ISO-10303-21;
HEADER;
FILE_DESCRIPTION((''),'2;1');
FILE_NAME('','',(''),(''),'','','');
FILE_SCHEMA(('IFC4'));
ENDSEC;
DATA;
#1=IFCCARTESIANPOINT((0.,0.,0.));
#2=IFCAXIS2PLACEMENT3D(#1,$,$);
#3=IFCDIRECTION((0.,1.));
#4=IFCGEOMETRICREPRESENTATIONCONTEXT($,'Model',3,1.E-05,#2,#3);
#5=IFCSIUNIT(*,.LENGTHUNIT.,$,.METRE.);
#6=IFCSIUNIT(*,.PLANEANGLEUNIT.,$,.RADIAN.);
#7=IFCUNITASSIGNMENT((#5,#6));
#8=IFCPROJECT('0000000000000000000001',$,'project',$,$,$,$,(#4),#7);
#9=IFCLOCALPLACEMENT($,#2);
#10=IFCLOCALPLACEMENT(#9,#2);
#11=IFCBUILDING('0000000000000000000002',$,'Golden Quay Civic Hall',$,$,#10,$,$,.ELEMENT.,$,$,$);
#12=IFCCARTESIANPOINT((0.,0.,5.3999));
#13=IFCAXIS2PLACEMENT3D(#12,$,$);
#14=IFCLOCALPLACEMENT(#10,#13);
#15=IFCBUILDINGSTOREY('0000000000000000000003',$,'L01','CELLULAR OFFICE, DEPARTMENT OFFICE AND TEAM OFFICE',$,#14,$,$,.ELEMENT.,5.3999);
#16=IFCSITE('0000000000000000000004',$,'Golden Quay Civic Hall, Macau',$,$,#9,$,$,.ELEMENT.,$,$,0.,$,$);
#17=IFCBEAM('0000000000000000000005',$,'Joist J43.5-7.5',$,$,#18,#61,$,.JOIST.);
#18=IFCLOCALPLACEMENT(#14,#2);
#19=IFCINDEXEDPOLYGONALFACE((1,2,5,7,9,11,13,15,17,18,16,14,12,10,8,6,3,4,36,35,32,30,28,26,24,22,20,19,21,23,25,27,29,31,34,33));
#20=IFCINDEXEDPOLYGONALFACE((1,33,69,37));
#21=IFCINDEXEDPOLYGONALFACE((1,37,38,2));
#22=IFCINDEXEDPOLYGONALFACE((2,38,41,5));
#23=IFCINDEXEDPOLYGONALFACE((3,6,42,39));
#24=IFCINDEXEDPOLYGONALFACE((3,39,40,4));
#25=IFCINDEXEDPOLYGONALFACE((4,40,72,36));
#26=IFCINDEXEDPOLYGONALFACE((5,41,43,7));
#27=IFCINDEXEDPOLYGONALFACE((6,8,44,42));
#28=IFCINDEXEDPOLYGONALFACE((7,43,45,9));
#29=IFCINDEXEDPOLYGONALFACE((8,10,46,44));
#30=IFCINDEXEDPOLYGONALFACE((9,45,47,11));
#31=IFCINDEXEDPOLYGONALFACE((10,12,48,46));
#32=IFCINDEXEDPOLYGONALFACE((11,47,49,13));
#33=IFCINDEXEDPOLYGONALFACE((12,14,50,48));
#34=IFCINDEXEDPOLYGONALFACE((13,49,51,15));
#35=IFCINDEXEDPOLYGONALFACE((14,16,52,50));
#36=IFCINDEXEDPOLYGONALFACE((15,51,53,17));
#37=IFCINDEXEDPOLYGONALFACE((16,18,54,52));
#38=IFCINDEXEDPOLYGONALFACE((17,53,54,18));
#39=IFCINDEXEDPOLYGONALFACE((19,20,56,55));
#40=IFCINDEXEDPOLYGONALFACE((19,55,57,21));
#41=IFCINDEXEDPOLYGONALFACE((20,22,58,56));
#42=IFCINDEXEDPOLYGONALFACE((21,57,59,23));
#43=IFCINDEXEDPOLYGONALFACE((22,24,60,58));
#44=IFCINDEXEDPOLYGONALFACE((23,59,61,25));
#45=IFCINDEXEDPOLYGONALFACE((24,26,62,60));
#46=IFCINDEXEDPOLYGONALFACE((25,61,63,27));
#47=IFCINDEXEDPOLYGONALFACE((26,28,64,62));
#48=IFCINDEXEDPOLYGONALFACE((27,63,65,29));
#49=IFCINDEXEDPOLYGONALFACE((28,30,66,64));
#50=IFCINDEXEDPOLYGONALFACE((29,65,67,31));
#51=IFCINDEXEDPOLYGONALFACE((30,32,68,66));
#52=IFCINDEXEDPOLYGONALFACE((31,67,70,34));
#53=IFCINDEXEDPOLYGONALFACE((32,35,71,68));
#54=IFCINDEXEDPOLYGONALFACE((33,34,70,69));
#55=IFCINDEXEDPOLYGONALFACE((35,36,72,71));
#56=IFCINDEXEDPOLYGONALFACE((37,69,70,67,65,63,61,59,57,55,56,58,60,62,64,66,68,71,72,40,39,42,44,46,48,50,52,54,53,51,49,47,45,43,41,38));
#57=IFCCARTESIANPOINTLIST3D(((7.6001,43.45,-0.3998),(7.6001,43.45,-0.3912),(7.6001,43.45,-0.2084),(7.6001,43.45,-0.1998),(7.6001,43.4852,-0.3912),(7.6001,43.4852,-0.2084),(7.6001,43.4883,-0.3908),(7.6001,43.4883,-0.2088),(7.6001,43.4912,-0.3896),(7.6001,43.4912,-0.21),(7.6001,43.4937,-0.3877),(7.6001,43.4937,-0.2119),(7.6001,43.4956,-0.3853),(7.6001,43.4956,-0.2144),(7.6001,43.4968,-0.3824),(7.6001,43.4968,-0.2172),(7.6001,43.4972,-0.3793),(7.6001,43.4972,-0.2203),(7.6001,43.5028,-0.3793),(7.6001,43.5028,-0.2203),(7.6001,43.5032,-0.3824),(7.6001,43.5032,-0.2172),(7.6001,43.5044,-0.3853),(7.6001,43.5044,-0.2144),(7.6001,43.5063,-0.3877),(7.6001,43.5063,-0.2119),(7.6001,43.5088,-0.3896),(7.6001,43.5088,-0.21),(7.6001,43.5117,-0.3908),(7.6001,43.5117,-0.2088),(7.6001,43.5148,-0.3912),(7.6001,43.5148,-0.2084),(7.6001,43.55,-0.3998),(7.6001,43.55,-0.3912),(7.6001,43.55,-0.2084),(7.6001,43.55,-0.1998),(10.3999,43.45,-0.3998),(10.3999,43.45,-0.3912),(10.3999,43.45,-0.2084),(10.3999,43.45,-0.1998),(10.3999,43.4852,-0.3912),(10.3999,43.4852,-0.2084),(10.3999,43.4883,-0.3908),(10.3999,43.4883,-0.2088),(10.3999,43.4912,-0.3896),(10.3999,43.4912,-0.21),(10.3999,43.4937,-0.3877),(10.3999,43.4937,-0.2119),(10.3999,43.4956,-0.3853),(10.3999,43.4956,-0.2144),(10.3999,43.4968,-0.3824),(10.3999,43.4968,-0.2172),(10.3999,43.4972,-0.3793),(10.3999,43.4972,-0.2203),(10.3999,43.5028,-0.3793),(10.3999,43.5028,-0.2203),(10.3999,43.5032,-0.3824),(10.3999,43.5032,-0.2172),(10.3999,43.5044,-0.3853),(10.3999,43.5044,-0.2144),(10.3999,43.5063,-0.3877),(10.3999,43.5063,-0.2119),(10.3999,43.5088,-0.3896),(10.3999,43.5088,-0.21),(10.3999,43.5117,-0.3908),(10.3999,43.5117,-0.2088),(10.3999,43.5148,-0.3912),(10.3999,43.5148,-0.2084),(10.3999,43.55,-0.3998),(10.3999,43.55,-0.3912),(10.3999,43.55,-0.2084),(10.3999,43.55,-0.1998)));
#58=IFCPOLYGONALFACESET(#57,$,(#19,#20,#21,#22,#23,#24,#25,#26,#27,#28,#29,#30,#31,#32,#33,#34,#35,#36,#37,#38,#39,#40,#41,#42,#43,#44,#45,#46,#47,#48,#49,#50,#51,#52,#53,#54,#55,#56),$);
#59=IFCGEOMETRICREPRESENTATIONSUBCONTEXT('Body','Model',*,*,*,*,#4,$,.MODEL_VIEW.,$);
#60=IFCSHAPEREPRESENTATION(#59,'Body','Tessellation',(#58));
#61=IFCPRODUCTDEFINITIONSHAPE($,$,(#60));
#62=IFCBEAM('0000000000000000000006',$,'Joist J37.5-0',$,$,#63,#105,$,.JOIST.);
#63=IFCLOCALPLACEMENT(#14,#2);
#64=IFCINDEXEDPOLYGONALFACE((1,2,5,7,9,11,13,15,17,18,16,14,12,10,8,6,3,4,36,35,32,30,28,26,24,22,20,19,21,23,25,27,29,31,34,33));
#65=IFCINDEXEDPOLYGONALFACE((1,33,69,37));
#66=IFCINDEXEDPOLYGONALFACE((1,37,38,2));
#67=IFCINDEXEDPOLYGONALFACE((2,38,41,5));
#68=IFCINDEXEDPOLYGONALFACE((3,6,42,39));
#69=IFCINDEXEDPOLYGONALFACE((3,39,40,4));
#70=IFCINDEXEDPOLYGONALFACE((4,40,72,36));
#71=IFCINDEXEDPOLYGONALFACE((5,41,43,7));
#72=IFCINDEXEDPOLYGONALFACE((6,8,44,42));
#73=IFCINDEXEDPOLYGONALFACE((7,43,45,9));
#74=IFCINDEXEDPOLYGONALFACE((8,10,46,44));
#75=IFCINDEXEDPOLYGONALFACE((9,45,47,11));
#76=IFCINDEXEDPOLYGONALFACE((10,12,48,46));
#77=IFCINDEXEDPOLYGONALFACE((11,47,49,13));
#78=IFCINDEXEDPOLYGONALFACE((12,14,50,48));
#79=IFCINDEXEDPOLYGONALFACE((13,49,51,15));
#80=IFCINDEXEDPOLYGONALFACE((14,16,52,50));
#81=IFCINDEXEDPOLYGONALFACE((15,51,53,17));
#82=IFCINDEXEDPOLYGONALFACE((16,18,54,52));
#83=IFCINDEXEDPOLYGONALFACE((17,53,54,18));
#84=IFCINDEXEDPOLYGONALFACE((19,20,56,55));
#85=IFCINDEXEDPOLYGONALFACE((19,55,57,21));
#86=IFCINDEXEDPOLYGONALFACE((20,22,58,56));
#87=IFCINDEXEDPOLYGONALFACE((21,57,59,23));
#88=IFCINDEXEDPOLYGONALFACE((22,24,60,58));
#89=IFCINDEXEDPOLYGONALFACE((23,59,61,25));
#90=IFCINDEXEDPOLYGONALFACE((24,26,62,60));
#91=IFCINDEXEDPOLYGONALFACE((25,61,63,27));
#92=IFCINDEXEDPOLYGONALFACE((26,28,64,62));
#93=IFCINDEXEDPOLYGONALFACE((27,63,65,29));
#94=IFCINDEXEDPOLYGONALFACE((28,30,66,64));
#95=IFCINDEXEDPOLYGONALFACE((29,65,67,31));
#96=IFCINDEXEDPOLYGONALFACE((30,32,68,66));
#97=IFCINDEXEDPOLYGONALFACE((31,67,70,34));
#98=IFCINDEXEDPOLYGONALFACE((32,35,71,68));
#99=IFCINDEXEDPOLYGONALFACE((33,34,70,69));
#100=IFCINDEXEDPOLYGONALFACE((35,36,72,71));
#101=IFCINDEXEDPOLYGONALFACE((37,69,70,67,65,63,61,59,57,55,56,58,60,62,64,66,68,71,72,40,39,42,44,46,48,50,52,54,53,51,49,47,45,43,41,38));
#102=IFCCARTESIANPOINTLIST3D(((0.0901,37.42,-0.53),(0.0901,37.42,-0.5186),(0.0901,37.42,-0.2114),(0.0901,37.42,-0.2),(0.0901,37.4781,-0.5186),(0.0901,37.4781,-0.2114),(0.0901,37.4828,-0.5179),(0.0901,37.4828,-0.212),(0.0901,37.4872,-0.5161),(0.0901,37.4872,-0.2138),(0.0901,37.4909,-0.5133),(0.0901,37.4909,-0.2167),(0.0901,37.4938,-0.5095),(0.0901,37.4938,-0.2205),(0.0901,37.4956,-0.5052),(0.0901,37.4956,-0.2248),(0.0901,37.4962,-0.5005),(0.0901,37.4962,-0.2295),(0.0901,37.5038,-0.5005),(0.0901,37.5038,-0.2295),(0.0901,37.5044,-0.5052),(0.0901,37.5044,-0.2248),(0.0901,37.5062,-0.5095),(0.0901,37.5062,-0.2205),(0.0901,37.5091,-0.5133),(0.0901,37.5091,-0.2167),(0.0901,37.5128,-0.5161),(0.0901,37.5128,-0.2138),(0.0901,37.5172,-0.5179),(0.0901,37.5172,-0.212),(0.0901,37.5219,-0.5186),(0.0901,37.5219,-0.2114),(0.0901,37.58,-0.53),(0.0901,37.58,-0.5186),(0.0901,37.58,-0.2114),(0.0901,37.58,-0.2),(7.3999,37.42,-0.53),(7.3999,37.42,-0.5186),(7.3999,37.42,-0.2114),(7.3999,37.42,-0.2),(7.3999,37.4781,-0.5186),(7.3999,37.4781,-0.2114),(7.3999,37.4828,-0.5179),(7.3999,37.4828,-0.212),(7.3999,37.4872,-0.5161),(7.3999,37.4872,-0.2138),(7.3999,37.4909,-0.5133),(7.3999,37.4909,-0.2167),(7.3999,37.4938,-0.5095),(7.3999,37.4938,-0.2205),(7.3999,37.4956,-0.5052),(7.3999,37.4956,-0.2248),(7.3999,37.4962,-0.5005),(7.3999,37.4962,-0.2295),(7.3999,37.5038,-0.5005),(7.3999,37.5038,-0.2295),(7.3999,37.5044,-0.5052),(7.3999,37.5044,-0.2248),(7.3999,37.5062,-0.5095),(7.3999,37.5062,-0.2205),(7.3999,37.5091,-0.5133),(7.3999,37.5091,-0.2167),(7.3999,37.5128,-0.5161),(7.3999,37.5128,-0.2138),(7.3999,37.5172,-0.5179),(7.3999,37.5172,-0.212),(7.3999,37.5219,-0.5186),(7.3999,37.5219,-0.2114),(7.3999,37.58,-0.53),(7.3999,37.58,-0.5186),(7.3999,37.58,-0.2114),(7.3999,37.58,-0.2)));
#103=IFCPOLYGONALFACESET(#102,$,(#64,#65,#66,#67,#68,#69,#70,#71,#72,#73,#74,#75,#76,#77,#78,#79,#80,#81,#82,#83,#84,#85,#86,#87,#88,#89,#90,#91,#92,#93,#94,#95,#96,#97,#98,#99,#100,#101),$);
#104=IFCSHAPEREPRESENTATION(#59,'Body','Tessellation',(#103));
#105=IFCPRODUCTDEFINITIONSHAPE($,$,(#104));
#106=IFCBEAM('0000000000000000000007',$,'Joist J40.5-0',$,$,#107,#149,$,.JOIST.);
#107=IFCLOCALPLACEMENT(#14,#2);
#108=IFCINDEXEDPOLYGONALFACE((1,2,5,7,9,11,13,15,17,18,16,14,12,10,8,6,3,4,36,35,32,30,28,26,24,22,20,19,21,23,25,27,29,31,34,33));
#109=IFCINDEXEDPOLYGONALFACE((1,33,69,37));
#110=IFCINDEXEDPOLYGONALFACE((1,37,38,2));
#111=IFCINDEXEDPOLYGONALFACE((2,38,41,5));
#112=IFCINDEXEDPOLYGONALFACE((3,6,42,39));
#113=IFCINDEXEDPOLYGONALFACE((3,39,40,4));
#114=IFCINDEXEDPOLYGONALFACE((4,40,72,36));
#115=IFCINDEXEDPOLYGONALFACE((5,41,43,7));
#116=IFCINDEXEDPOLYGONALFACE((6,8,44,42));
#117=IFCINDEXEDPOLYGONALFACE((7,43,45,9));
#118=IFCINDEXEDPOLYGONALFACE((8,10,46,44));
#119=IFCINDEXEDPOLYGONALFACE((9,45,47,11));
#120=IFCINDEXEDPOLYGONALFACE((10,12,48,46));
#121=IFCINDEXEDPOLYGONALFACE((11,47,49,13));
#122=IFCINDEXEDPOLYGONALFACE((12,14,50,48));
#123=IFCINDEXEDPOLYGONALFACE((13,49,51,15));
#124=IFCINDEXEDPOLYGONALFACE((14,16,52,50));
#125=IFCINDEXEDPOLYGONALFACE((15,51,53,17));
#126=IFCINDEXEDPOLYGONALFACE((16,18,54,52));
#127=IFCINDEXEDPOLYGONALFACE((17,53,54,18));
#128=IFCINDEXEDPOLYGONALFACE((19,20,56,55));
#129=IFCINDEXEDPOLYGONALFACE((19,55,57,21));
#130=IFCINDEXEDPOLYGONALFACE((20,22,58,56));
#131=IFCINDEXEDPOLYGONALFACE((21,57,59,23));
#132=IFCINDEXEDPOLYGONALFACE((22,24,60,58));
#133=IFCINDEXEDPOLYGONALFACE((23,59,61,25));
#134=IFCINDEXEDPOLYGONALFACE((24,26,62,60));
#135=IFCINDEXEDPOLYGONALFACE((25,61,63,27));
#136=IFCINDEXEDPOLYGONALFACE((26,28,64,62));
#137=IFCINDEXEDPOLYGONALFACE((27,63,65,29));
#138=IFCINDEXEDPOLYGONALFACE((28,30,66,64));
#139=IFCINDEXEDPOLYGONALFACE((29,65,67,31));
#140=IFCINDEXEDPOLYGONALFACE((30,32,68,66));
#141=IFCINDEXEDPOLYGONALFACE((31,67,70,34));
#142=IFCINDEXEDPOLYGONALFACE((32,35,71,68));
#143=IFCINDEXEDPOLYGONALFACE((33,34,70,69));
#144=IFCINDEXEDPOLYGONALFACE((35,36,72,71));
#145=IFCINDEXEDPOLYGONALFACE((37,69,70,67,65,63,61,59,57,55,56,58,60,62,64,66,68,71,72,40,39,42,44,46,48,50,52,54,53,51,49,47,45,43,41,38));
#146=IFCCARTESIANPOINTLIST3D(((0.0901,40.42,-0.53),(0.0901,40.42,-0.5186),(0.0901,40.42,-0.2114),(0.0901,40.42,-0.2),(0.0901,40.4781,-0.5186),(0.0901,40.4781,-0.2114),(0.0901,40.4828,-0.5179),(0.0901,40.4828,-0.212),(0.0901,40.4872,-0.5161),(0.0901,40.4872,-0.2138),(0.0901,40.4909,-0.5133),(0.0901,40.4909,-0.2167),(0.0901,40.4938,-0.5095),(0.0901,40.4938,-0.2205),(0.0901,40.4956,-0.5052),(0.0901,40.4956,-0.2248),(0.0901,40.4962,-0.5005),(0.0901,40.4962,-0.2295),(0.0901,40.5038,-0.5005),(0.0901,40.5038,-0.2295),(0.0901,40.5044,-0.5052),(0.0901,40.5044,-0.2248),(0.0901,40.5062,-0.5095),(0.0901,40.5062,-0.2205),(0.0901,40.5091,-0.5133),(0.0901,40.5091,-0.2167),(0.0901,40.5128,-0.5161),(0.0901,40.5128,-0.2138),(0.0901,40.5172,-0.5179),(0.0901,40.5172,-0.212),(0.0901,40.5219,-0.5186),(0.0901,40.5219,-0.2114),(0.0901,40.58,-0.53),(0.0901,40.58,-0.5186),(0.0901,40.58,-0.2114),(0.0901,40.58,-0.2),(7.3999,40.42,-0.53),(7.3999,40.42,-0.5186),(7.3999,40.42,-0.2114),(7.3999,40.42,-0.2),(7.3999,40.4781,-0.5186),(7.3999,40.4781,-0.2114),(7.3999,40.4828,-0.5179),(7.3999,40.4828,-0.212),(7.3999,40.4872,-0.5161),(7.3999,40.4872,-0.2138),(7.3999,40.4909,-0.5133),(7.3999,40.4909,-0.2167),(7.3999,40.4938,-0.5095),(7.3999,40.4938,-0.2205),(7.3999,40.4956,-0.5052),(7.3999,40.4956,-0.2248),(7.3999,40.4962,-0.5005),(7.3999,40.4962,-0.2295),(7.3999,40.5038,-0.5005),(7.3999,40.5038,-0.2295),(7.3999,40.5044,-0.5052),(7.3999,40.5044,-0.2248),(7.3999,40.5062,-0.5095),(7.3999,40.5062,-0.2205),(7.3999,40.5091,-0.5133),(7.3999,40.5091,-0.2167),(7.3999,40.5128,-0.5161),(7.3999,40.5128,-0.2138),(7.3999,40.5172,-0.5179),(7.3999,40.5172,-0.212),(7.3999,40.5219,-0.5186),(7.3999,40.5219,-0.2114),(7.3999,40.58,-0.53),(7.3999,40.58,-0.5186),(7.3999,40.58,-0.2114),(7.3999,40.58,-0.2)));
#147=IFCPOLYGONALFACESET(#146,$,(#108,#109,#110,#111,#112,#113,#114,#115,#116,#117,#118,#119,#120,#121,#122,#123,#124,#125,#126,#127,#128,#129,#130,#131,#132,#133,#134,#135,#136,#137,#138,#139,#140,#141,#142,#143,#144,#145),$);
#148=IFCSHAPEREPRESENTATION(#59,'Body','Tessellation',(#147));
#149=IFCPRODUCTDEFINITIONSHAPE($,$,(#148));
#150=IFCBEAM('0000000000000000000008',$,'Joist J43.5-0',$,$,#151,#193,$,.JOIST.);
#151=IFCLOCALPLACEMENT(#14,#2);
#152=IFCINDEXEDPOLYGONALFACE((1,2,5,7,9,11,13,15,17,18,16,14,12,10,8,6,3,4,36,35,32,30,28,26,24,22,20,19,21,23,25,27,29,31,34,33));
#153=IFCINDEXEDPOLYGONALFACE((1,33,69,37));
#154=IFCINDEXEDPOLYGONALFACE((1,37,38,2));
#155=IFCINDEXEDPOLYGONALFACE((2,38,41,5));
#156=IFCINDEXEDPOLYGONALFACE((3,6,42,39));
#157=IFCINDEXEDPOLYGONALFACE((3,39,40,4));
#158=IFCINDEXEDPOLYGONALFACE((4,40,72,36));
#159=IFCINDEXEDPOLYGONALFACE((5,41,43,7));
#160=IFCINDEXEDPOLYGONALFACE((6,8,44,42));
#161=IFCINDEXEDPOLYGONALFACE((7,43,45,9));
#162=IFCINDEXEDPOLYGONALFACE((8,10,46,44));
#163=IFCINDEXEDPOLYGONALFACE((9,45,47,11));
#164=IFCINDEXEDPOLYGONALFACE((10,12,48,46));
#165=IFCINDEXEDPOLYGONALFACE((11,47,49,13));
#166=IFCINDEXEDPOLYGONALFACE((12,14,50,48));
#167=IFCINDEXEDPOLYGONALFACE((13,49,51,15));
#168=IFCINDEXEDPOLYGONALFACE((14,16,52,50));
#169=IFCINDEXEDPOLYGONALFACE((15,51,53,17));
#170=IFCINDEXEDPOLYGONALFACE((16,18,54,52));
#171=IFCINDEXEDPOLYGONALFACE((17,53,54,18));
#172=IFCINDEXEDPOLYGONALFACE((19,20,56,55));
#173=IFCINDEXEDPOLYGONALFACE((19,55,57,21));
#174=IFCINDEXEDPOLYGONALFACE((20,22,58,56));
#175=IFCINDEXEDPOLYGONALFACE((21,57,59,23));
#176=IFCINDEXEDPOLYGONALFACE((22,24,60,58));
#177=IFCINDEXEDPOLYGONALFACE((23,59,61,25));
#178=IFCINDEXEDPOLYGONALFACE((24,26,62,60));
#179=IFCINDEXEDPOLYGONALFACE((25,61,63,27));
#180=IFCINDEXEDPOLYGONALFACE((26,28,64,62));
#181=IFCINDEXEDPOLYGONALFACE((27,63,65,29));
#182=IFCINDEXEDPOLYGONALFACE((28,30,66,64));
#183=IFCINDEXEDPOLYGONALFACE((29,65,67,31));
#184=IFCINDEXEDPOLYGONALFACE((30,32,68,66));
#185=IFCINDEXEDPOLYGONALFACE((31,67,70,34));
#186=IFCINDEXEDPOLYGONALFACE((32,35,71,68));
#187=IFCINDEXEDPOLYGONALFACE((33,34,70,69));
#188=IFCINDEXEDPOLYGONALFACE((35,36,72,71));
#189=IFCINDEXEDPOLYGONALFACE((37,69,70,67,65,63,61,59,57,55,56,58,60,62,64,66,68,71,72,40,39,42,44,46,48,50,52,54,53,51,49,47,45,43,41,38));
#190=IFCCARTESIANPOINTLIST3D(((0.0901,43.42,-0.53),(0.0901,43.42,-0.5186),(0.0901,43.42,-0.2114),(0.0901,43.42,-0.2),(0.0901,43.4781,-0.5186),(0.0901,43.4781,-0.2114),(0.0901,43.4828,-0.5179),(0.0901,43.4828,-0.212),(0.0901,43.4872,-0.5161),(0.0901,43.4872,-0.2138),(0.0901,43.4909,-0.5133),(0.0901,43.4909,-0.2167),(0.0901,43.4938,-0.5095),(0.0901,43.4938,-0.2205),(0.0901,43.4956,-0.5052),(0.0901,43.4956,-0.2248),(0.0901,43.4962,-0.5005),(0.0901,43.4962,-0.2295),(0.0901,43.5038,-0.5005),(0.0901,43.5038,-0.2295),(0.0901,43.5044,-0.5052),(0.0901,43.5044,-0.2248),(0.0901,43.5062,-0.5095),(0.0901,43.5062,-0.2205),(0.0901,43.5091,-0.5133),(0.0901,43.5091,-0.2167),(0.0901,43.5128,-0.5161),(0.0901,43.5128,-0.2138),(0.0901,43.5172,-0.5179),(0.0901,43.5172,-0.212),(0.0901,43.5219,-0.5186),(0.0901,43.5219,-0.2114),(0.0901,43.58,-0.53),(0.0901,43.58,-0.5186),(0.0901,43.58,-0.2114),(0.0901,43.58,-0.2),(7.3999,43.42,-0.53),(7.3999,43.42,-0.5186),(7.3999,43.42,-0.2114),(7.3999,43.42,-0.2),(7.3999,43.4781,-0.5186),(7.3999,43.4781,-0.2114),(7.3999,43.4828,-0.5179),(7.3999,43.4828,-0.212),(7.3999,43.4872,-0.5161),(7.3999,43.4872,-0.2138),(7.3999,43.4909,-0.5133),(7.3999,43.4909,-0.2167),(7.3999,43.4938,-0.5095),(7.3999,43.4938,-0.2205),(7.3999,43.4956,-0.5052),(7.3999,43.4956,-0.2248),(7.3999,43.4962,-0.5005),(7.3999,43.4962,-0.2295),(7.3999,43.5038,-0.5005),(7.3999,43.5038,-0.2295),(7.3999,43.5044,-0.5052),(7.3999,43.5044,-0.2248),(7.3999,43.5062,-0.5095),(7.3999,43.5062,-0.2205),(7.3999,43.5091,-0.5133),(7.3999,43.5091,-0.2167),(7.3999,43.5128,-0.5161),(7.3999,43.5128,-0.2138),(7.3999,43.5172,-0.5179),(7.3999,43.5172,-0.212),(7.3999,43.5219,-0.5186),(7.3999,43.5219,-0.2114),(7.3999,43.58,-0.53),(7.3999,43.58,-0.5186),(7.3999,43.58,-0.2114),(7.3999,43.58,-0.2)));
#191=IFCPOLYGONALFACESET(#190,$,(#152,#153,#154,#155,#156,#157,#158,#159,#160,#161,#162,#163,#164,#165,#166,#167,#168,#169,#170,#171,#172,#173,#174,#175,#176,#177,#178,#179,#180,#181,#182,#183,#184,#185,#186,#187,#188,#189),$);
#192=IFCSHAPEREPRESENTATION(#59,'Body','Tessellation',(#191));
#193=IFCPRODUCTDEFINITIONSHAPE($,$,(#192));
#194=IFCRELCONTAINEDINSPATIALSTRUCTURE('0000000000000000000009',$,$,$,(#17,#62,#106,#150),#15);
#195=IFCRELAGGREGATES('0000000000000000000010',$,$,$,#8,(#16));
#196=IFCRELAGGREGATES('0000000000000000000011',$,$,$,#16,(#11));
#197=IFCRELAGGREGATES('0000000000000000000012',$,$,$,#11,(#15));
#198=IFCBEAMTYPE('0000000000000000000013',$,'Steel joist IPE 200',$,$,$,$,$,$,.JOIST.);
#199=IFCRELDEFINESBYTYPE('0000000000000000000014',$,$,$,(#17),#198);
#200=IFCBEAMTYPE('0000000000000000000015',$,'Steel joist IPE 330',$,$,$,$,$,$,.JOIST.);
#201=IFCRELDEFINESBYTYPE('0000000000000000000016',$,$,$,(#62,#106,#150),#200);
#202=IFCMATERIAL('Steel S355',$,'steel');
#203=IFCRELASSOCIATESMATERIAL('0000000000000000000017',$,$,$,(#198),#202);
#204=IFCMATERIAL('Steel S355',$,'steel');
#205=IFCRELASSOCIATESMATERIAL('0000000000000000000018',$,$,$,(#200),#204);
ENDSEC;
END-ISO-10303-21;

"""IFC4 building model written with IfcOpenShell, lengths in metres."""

from ifc_helpers import new_model, si_unit, direction, frame, origin, origin_2d, place, context, subcontext, project, spatial, i_section, extrude, material, material_profile, profile_set, type_object, element, save


model = new_model("IFC4")

# Units and contexts
model_context = context("Model", 3, precision=1e-05, world=origin(), true_north=direction((0.0, 1.0)))
body_context = subcontext(model_context, "Body", "Model", "MODEL_VIEW")
ifc_project = project(units=[si_unit("LENGTHUNIT", "METRE"), si_unit("PLANEANGLEUNIT", "RADIAN")], contexts=[model_context])

# Site, building, storey
site_placement = place(None, origin())
site = spatial("IfcSite", under=ifc_project, at=site_placement, Name="Golden Quay Civic Hall, Macau", CompositionType="ELEMENT", RefElevation=0.0)
building_placement = place(site_placement, origin())
building = spatial("IfcBuilding", under=site, at=building_placement, Name="Golden Quay Civic Hall", CompositionType="ELEMENT")
storey_placement = place(building_placement, frame((0.0, 0.0, 5.3999)))
storey = spatial("IfcBuildingStorey", under=building, at=storey_placement, Name="L01", Description="CELLULAR OFFICE, DEPARTMENT OFFICE AND TEAM OFFICE", CompositionType="ELEMENT", Elevation=5.3999)

# Beams
ifc_material_1 = material(Name="Steel S355", Category="steel")
ifc_material_profile_1 = material_profile(ifc_material_1, i_section(OverallWidth=0.1001, OverallDepth=0.2, WebThickness=0.0056, FlangeThickness=0.0085, FilletRadius=0.012, at=origin_2d()), Name="IPE 200")
ifc_profile_set_1 = profile_set([ifc_material_profile_1], Name="Steel S355")
beam_type_1 = type_object("IfcBeamType", Name="Steel joist IPE 200", PredefinedType="JOIST", material=ifc_profile_set_1)
for number, where, z_axis, x_axis, name in (
    (1, (7.6001, 43.5, -0.2998), (1.0, 0.0, 0.0), (0.0, 1.0, 0.0), "Joist J43.5-7.5"),
):
    element("IfcBeam", number, at=place(storey_placement, frame(where, z_axis=z_axis, x_axis=x_axis)), inside=storey, type_object=beam_type_1, Name=name, PredefinedType="JOIST", context=body_context, shape_type="SweptSolid", body=[
        extrude(i_section(OverallWidth=0.1001, OverallDepth=0.2, WebThickness=0.0056, FlangeThickness=0.0085, FilletRadius=0.012, at=origin_2d()), origin(), (0.0, 0.0, 1.0), 2.7998),
    ])
ifc_material_2 = material(Name="Steel S355", Category="steel")
ifc_material_profile_2 = material_profile(ifc_material_2, i_section(OverallWidth=0.1599, OverallDepth=0.3301, WebThickness=0.0076, FlangeThickness=0.0115, FilletRadius=0.0181, at=origin_2d()), Name="IPE 330")
ifc_profile_set_2 = profile_set([ifc_material_profile_2], Name="Steel S355")
beam_type_2 = type_object("IfcBeamType", Name="Steel joist IPE 330", PredefinedType="JOIST", material=ifc_profile_set_2)
for number, where, z_axis, x_axis, name in (
    (2, (0.0901, 37.5, -0.365), (1.0, 0.0, 0.0), (0.0, 1.0, 0.0), "Joist J37.5-0"),
    (3, (0.0901, 40.5, -0.365), (1.0, 0.0, 0.0), (0.0, 1.0, 0.0), "Joist J40.5-0"),
    (4, (0.0901, 43.5, -0.365), (1.0, 0.0, 0.0), (0.0, 1.0, 0.0), "Joist J43.5-0"),
):
    element("IfcBeam", number, at=place(storey_placement, frame(where, z_axis=z_axis, x_axis=x_axis)), inside=storey, type_object=beam_type_2, Name=name, PredefinedType="JOIST", context=body_context, shape_type="SweptSolid", body=[
        extrude(i_section(OverallWidth=0.1599, OverallDepth=0.3301, WebThickness=0.0076, FlangeThickness=0.0115, FilletRadius=0.0181, at=origin_2d()), origin(), (0.0, 0.0, 1.0), 7.3098),
    ])

save(model, "model.ifc")
